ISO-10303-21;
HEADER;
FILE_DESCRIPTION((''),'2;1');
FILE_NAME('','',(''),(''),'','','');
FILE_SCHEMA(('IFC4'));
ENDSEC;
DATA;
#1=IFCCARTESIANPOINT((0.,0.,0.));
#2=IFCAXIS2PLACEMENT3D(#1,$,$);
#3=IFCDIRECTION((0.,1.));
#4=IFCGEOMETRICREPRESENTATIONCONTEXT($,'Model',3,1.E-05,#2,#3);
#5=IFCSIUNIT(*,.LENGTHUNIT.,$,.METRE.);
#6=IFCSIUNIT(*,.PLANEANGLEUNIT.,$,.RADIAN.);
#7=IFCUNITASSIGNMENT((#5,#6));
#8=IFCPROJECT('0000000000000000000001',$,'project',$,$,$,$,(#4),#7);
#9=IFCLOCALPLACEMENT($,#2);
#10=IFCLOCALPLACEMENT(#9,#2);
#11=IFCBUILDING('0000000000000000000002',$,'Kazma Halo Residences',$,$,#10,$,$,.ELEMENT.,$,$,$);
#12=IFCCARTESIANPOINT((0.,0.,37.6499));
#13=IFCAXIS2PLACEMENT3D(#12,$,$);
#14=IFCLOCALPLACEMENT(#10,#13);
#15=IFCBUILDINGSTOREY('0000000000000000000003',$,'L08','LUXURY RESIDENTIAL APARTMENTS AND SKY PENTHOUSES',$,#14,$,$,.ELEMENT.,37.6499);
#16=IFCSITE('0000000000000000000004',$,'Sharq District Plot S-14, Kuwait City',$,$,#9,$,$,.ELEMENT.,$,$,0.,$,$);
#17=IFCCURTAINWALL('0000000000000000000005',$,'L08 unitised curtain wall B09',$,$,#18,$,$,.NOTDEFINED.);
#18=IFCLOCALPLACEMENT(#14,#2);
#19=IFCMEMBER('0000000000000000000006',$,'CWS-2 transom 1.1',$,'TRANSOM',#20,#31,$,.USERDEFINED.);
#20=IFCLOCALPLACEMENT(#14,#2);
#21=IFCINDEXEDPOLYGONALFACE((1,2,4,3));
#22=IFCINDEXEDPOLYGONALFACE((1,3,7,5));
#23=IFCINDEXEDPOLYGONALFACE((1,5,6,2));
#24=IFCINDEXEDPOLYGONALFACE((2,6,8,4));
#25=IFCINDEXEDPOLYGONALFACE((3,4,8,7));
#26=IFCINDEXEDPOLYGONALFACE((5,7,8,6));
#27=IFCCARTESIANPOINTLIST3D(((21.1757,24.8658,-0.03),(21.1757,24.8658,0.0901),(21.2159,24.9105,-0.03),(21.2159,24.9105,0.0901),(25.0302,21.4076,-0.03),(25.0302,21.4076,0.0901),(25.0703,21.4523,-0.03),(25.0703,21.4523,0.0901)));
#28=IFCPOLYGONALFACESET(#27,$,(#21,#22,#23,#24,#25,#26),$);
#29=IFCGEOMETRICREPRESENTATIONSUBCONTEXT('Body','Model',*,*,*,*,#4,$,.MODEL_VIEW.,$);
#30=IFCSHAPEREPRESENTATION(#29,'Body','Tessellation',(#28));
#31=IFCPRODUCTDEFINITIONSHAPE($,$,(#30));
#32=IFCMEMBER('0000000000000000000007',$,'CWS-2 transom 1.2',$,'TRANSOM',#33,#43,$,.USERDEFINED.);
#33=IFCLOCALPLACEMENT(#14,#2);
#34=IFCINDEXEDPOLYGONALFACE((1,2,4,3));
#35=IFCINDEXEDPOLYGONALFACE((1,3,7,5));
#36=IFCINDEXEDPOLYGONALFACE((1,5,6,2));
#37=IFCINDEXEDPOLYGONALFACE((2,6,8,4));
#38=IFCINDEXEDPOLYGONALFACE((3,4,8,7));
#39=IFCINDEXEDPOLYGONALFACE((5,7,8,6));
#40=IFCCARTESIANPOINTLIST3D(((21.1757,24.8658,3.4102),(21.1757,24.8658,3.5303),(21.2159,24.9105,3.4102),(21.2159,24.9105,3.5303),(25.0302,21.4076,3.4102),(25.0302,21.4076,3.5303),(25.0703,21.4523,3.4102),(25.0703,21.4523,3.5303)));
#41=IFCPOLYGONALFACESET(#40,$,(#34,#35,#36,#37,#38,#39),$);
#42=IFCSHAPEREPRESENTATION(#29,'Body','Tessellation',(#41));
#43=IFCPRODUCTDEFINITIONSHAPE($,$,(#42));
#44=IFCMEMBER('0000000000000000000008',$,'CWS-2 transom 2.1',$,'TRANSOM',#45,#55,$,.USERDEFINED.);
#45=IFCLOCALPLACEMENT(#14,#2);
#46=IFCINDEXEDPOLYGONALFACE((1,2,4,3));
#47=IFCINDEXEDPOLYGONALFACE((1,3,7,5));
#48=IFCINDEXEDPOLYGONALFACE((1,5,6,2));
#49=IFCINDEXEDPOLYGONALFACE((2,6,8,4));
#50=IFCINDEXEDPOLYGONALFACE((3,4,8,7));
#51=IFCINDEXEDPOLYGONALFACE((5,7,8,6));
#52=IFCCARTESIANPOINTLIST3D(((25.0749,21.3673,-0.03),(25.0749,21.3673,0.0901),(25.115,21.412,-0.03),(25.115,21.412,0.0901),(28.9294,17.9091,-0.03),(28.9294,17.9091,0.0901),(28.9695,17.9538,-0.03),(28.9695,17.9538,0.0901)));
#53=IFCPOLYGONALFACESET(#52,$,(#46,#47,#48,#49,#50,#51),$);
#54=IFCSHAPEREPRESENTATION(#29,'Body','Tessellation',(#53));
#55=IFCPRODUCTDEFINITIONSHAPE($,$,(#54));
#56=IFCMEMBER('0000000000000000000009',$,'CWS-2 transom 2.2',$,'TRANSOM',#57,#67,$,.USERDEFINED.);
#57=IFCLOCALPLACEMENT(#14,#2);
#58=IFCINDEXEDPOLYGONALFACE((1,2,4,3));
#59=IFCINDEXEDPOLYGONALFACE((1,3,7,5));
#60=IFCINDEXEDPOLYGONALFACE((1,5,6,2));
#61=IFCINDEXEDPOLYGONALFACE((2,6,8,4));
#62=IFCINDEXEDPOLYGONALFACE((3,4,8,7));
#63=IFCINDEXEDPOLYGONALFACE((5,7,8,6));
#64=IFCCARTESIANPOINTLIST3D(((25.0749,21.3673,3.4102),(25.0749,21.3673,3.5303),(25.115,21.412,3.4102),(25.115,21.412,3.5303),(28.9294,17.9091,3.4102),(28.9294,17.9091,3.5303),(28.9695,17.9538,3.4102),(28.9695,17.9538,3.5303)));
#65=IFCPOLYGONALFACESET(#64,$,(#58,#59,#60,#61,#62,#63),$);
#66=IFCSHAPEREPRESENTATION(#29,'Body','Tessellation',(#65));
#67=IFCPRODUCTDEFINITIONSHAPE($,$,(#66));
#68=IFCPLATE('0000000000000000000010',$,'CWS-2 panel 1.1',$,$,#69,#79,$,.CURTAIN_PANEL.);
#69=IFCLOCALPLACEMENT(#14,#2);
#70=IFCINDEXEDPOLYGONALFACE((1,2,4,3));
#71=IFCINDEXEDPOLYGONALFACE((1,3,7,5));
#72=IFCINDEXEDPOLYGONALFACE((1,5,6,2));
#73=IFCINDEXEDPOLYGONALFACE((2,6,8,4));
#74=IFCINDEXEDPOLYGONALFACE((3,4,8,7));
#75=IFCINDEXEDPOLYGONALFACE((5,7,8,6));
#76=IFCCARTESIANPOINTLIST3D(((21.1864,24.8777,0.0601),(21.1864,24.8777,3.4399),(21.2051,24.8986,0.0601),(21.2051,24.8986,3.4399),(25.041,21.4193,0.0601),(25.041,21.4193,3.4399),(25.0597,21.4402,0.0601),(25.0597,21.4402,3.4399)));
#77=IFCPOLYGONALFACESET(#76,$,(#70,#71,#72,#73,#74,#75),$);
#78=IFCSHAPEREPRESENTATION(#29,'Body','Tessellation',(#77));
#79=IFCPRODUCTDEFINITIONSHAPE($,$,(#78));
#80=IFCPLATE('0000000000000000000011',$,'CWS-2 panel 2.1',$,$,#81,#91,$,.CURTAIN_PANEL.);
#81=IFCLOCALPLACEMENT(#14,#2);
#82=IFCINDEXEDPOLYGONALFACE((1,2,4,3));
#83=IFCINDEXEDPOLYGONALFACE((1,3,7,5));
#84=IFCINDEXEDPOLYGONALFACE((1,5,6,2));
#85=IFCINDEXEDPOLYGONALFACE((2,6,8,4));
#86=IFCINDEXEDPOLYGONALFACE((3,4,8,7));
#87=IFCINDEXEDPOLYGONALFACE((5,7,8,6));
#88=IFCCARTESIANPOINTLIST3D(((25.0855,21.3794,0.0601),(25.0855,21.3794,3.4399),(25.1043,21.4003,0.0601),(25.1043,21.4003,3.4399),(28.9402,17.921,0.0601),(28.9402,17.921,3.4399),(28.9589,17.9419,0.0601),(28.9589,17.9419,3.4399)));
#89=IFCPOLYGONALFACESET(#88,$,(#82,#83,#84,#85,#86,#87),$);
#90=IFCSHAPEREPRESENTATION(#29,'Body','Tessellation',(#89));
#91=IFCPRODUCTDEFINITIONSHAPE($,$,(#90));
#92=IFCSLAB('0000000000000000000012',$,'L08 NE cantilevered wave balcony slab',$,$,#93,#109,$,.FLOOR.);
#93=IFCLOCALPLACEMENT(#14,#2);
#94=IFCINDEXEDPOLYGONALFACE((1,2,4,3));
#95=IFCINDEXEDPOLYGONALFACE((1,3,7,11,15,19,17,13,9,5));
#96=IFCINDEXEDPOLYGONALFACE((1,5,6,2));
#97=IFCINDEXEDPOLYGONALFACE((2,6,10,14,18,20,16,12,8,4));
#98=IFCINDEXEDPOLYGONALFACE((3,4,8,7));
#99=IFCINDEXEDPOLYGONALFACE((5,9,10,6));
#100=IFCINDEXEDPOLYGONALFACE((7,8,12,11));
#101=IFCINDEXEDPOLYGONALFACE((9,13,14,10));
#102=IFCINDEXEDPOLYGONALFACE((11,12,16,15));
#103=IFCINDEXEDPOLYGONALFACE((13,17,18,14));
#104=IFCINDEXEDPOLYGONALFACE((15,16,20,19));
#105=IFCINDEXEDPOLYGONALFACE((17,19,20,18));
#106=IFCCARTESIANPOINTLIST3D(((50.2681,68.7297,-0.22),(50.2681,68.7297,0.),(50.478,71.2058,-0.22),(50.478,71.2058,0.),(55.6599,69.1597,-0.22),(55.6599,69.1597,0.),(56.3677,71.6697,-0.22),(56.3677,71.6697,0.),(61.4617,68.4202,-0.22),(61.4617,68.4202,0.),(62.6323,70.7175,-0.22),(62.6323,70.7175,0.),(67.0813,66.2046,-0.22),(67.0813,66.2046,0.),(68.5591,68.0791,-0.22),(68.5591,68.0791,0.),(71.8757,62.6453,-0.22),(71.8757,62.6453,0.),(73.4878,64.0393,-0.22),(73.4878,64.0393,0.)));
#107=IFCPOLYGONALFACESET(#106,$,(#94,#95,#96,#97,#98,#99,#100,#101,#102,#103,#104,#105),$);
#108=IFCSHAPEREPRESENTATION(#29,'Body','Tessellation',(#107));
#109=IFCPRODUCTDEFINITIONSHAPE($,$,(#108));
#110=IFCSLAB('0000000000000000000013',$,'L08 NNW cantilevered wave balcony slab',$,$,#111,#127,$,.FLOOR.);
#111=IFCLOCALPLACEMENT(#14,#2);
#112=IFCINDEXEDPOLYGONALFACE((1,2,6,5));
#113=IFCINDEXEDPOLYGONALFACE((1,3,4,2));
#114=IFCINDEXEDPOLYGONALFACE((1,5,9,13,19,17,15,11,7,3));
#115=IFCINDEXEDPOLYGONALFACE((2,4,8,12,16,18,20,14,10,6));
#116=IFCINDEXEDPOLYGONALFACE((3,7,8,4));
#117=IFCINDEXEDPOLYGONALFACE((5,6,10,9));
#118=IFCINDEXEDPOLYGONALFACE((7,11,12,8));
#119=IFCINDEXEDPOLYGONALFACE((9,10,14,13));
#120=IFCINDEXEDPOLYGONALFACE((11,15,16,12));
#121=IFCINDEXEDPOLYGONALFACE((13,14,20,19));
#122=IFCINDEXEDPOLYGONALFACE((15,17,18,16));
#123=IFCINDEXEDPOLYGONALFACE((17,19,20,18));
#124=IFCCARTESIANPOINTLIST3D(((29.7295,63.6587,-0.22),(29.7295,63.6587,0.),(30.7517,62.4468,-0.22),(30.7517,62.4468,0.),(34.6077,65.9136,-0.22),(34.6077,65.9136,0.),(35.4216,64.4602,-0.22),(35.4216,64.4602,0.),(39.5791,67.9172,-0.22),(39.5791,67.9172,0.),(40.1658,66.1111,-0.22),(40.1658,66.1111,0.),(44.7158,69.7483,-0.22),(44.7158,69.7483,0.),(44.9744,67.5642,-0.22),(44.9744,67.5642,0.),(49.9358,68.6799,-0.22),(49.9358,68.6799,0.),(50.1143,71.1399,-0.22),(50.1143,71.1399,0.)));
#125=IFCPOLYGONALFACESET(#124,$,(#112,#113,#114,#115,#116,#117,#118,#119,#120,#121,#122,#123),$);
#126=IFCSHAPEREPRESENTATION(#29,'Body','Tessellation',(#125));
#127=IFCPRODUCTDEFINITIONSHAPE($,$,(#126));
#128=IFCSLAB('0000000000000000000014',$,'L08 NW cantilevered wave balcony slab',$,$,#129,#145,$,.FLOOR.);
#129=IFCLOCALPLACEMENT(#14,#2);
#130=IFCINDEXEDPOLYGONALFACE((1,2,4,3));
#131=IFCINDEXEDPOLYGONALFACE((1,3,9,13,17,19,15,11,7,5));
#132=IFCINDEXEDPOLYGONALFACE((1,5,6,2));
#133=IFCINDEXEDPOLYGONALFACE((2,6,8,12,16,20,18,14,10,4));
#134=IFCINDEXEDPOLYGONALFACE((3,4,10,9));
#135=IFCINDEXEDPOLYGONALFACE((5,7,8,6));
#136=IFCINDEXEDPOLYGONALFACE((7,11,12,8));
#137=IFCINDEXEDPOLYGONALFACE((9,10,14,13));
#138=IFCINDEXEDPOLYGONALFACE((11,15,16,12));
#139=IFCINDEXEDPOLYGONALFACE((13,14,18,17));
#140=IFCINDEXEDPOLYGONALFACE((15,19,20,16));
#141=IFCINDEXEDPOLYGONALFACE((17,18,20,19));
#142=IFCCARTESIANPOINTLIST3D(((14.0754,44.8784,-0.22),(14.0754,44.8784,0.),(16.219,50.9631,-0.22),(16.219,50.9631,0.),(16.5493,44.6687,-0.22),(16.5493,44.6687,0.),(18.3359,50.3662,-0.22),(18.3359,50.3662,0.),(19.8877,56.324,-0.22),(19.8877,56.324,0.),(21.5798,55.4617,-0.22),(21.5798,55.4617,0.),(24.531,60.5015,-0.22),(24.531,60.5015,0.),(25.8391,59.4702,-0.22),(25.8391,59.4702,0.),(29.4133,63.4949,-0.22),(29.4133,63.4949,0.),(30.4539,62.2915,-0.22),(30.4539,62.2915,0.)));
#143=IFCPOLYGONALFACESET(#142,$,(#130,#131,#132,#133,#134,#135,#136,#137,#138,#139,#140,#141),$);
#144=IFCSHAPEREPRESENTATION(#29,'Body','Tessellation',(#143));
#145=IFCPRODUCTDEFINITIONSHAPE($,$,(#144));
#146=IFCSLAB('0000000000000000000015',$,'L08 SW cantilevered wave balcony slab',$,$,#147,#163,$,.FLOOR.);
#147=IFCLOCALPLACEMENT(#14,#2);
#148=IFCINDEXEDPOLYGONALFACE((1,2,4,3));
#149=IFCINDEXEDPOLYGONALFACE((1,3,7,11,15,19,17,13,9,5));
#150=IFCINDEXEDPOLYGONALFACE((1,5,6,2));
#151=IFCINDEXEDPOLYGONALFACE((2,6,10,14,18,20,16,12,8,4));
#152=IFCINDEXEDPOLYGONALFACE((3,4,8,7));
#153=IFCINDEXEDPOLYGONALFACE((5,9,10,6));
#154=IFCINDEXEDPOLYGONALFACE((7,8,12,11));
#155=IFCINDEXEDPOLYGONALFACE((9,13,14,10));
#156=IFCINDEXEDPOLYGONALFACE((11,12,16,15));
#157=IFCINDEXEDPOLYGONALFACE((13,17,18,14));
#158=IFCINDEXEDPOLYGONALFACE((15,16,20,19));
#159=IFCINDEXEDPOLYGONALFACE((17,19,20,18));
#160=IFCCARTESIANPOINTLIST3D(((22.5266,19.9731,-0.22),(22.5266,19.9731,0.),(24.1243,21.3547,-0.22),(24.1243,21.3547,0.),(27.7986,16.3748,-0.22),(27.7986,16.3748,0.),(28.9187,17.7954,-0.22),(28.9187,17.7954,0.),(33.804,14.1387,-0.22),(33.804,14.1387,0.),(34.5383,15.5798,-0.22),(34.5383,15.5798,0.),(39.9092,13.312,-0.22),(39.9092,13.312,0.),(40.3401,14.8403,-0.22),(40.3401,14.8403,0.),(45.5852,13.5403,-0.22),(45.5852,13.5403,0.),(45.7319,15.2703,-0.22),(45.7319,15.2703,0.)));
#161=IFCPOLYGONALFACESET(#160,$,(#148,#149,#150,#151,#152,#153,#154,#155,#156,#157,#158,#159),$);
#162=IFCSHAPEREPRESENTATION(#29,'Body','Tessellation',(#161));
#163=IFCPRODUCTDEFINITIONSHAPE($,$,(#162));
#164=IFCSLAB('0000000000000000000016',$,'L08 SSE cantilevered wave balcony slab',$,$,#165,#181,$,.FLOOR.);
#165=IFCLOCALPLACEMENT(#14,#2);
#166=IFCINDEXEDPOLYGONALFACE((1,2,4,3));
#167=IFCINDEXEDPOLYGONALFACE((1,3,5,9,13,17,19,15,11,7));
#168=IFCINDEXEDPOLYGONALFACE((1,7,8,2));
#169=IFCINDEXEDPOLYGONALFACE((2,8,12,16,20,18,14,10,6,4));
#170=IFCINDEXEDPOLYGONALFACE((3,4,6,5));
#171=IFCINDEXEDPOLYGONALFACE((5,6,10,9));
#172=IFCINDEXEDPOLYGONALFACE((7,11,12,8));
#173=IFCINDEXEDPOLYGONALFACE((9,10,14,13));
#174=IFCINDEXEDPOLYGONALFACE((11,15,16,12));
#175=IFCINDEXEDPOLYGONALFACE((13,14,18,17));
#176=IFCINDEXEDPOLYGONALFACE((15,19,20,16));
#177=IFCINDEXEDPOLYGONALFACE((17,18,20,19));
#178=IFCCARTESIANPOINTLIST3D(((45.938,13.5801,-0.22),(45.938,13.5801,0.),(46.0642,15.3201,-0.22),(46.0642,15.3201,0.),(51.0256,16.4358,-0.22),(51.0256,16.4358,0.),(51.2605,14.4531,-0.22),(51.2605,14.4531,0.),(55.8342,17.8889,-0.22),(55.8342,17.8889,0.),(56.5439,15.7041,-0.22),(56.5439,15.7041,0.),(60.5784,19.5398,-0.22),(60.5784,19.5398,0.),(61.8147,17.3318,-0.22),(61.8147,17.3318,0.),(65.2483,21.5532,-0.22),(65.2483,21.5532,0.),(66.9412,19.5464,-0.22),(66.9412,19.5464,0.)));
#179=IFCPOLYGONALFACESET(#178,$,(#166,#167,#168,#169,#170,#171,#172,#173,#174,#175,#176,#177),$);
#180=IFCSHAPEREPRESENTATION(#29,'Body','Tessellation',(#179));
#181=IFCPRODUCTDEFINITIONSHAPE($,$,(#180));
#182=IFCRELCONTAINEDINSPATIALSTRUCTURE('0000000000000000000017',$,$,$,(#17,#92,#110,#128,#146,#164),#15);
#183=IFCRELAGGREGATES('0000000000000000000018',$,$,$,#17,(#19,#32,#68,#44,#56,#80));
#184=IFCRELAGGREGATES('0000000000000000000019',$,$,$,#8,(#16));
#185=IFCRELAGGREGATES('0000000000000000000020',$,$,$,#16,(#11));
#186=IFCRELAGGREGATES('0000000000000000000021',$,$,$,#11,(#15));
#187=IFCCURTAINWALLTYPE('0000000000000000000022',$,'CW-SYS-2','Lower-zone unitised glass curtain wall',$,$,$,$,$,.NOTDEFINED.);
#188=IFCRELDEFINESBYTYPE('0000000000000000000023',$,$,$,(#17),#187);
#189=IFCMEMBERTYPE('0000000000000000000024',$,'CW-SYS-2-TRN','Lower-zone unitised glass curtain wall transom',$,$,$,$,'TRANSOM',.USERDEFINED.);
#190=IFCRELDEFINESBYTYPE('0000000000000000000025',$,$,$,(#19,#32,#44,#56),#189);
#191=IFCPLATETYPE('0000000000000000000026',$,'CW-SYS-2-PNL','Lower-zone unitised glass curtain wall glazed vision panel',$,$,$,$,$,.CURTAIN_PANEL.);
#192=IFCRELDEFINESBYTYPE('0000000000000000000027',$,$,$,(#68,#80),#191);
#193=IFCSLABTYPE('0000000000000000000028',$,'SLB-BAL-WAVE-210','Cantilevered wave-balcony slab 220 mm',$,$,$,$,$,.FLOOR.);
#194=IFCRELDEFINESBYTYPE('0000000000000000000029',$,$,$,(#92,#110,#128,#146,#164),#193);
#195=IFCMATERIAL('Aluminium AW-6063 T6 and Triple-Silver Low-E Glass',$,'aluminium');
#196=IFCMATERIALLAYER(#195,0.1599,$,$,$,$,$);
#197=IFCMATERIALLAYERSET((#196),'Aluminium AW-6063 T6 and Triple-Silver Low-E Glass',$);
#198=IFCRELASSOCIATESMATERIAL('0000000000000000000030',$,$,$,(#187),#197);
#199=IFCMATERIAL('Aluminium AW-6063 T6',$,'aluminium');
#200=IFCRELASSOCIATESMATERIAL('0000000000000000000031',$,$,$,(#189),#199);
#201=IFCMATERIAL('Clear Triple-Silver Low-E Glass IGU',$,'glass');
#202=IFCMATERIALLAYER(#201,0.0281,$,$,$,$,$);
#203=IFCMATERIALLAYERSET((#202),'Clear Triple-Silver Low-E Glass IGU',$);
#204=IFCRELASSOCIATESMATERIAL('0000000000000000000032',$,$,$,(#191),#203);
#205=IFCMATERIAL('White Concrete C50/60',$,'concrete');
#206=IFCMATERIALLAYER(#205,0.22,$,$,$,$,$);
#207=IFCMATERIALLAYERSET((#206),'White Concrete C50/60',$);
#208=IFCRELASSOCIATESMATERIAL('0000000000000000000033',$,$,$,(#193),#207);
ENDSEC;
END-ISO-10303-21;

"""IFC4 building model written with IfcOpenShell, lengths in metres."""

from ifc_helpers import new_model, si_unit, direction, frame, origin, origin_2d, place, context, subcontext, project, spatial, polyline, rectangle, outline, extrude, material, layer, layer_set, material_profile, profile_set, type_object, element, aggregate, save


model = new_model("IFC4")

# Units and contexts
model_context = context("Model", 3, precision=1e-05, world=origin(), true_north=direction((0.0, 1.0)))
body_context = subcontext(model_context, "Body", "Model", "MODEL_VIEW")
ifc_project = project(units=[si_unit("LENGTHUNIT", "METRE"), si_unit("PLANEANGLEUNIT", "RADIAN")], contexts=[model_context])

# Site, building, storey
site_placement = place(None, origin())
site = spatial("IfcSite", under=ifc_project, at=site_placement, Name="Sharq District Plot S-14, Kuwait City", CompositionType="ELEMENT", RefElevation=0.0)
building_placement = place(site_placement, origin())
building = spatial("IfcBuilding", under=site, at=building_placement, Name="Kazma Halo Residences", CompositionType="ELEMENT")
storey_placement = place(building_placement, frame((0.0, 0.0, 37.6499)))
storey = spatial("IfcBuildingStorey", under=building, at=storey_placement, Name="L08", Description="LUXURY RESIDENTIAL APARTMENTS AND SKY PENTHOUSES", CompositionType="ELEMENT", Elevation=37.6499)

# Curtain wall, members, plates
ifc_material_1 = material(Name="Aluminium AW-6063 T6 and Triple-Silver Low-E Glass", Category="aluminium")
ifc_layer_1 = layer(ifc_material_1, 0.1599)
ifc_layer_set_1 = layer_set([ifc_layer_1], Name="Aluminium AW-6063 T6 and Triple-Silver Low-E Glass")
curtain_wall_type = type_object("IfcCurtainWallType", Name="CW-SYS-2", Description="Lower-zone unitised glass curtain wall", PredefinedType="NOTDEFINED", material=ifc_layer_set_1)
curtain_wall_placement = place(storey_placement, origin())
curtain_wall = element("IfcCurtainWall", 1, at=curtain_wall_placement, inside=storey, type_object=curtain_wall_type, Name="L08 unitised curtain wall B09", PredefinedType="NOTDEFINED")
ifc_material_2 = material(Name="Aluminium AW-6063 T6", Category="aluminium")
ifc_material_profile_1 = material_profile(ifc_material_2, rectangle(XDim=0.0601, YDim=0.1201, at=origin_2d()), Name="CWT-60x120")
ifc_profile_set_1 = profile_set([ifc_material_profile_1], Name="Aluminium AW-6063 T6")
member_type_1 = type_object("IfcMemberType", Name="CW-SYS-2-TRN", Description="Lower-zone unitised glass curtain wall transom", ElementType="TRANSOM", PredefinedType="USERDEFINED", material=ifc_profile_set_1)
member_1_placement = place(storey_placement, frame((21.1958, 24.8882, 0.03), z_axis=(0.744329, -0.667813, 0.0), x_axis=(0.667813, 0.744329, 0.0)))
member_1 = element("IfcMember", 2, at=member_1_placement, type_object=member_type_1, Name="CWS-2 transom 1.1", ObjectType="TRANSOM", PredefinedType="USERDEFINED", context=body_context, shape_type="SweptSolid", body=[
    extrude(rectangle(XDim=0.0601, YDim=0.1201, at=origin_2d()), origin(), (0.0, 0.0, 1.0), 5.1785),
])
member_2_placement = place(storey_placement, frame((21.1958, 24.8882, 3.4702), z_axis=(0.744329, -0.667813, 0.0), x_axis=(0.667813, 0.744329, 0.0)))
member_2 = element("IfcMember", 3, at=member_2_placement, type_object=member_type_1, Name="CWS-2 transom 1.2", ObjectType="TRANSOM", PredefinedType="USERDEFINED", context=body_context, shape_type="SweptSolid", body=[
    extrude(rectangle(XDim=0.0601, YDim=0.1201, at=origin_2d()), origin(), (0.0, 0.0, 1.0), 5.1785),
])
member_3_placement = place(storey_placement, frame((25.095, 21.3896, 0.03), z_axis=(0.744329, -0.667813, 0.0), x_axis=(0.667813, 0.744329, 0.0)))
member_3 = element("IfcMember", 4, at=member_3_placement, type_object=member_type_1, Name="CWS-2 transom 2.1", ObjectType="TRANSOM", PredefinedType="USERDEFINED", context=body_context, shape_type="SweptSolid", body=[
    extrude(rectangle(XDim=0.0601, YDim=0.1201, at=origin_2d()), origin(), (0.0, 0.0, 1.0), 5.1785),
])
member_4_placement = place(storey_placement, frame((25.095, 21.3896, 3.4702), z_axis=(0.744329, -0.667813, 0.0), x_axis=(0.667813, 0.744329, 0.0)))
member_4 = element("IfcMember", 5, at=member_4_placement, type_object=member_type_1, Name="CWS-2 transom 2.2", ObjectType="TRANSOM", PredefinedType="USERDEFINED", context=body_context, shape_type="SweptSolid", body=[
    extrude(rectangle(XDim=0.0601, YDim=0.1201, at=origin_2d()), origin(), (0.0, 0.0, 1.0), 5.1785),
])
ifc_material_3 = material(Name="Clear Triple-Silver Low-E Glass IGU", Category="glass")
ifc_layer_2 = layer(ifc_material_3, 0.0281)
ifc_layer_set_2 = layer_set([ifc_layer_2], Name="Clear Triple-Silver Low-E Glass IGU")
plate_type = type_object("IfcPlateType", Name="CW-SYS-2-PNL", Description="Lower-zone unitised glass curtain wall glazed vision panel", PredefinedType="CURTAIN_PANEL", material=ifc_layer_set_2)
plate_1_placement = place(storey_placement, frame((23.123, 23.1589, 0.0601), z_axis=(0.0, 0.0, 1.0), x_axis=(0.744322, -0.667821, 0.0)))
plate_1 = element("IfcPlate", 6, at=plate_1_placement, type_object=plate_type, Name="CWS-2 panel 1.1", PredefinedType="CURTAIN_PANEL", context=body_context, shape_type="SweptSolid", body=[
    extrude(rectangle(XDim=5.1787, YDim=0.0281, at=origin_2d()), origin(), (0.0, 0.0, 1.0), 3.3799),
])
plate_2_placement = place(storey_placement, frame((27.0222, 19.6606, 0.0601), z_axis=(0.0, 0.0, 1.0), x_axis=(0.744322, -0.667821, 0.0)))
plate_2 = element("IfcPlate", 7, at=plate_2_placement, type_object=plate_type, Name="CWS-2 panel 2.1", PredefinedType="CURTAIN_PANEL", context=body_context, shape_type="SweptSolid", body=[
    extrude(rectangle(XDim=5.1787, YDim=0.0281, at=origin_2d()), origin(), (0.0, 0.0, 1.0), 3.3799),
])
aggregate(curtain_wall, [member_1, member_2, plate_1, member_3, member_4, plate_2])

# Slabs
ifc_material_4 = material(Name="White Concrete C50/60", Category="concrete")
ifc_layer_3 = layer(ifc_material_4, 0.22)
ifc_layer_set_3 = layer_set([ifc_layer_3], Name="White Concrete C50/60")
slab_type_1 = type_object("IfcSlabType", Name="SLB-BAL-WAVE-210", Description="Cantilevered wave-balcony slab 220 mm", PredefinedType="FLOOR", material=ifc_layer_set_3)
slab_1_placement = place(storey_placement, frame((0.0, 0.0, -0.22)))
element("IfcSlab", 8, at=slab_1_placement, inside=storey, type_object=slab_type_1, Name="L08 NE cantilevered wave balcony slab", PredefinedType="FLOOR", context=body_context, shape_type="SweptSolid", body=[
    extrude(outline(polyline([(71.8757, 62.6453), (67.0813, 66.2046), (61.4617, 68.4202), (55.6599, 69.1597), (50.2681, 68.7297), (50.478, 71.2058), (56.3677, 71.6697), (62.6323, 70.7175), (68.5591, 68.0791), (73.4878, 64.0393), (71.8757, 62.6453)])), origin(), (0.0, 0.0, 1.0), 0.22),
])
slab_2_placement = place(storey_placement, frame((0.0, 0.0, -0.22)))
element("IfcSlab", 9, at=slab_2_placement, inside=storey, type_object=slab_type_1, Name="L08 NNW cantilevered wave balcony slab", PredefinedType="FLOOR", context=body_context, shape_type="SweptSolid", body=[
    extrude(outline(polyline([(49.9358, 68.6799), (44.9744, 67.5642), (40.1658, 66.1111), (35.4216, 64.4602), (30.7517, 62.4468), (29.7295, 63.6587), (34.6077, 65.9136), (39.5791, 67.9172), (44.7158, 69.7483), (50.1143, 71.1399), (49.9358, 68.6799)])), origin(), (0.0, 0.0, 1.0), 0.22),
])
slab_3_placement = place(storey_placement, frame((0.0, 0.0, -0.22)))
element("IfcSlab", 10, at=slab_3_placement, inside=storey, type_object=slab_type_1, Name="L08 NW cantilevered wave balcony slab", PredefinedType="FLOOR", context=body_context, shape_type="SweptSolid", body=[
    extrude(outline(polyline([(30.4539, 62.2915), (25.8391, 59.4702), (21.5798, 55.4617), (18.3359, 50.3662), (16.5493, 44.6687), (14.0754, 44.8784), (16.219, 50.9631), (19.8877, 56.324), (24.531, 60.5015), (29.4133, 63.4949), (30.4539, 62.2915)])), origin(), (0.0, 0.0, 1.0), 0.22),
])
slab_4_placement = place(storey_placement, frame((0.0, 0.0, -0.22)))
element("IfcSlab", 11, at=slab_4_placement, inside=storey, type_object=slab_type_1, Name="L08 SW cantilevered wave balcony slab", PredefinedType="FLOOR", context=body_context, shape_type="SweptSolid", body=[
    extrude(outline(polyline([(24.1243, 21.3547), (28.9187, 17.7954), (34.5383, 15.5798), (40.3401, 14.8403), (45.7319, 15.2703), (45.5852, 13.5403), (39.9092, 13.312), (33.804, 14.1387), (27.7986, 16.3748), (22.5266, 19.9731), (24.1243, 21.3547)])), origin(), (0.0, 0.0, 1.0), 0.22),
])
slab_5_placement = place(storey_placement, frame((0.0, 0.0, -0.22)))
element("IfcSlab", 12, at=slab_5_placement, inside=storey, type_object=slab_type_1, Name="L08 SSE cantilevered wave balcony slab", PredefinedType="FLOOR", context=body_context, shape_type="SweptSolid", body=[
    extrude(outline(polyline([(46.0642, 15.3201), (51.0256, 16.4358), (55.8342, 17.8889), (60.5784, 19.5398), (65.2483, 21.5532), (66.9412, 19.5464), (61.8147, 17.3318), (56.5439, 15.7041), (51.2605, 14.4531), (45.938, 13.5801), (46.0642, 15.3201)])), origin(), (0.0, 0.0, 1.0), 0.22),
])

save(model, "model.ifc")
